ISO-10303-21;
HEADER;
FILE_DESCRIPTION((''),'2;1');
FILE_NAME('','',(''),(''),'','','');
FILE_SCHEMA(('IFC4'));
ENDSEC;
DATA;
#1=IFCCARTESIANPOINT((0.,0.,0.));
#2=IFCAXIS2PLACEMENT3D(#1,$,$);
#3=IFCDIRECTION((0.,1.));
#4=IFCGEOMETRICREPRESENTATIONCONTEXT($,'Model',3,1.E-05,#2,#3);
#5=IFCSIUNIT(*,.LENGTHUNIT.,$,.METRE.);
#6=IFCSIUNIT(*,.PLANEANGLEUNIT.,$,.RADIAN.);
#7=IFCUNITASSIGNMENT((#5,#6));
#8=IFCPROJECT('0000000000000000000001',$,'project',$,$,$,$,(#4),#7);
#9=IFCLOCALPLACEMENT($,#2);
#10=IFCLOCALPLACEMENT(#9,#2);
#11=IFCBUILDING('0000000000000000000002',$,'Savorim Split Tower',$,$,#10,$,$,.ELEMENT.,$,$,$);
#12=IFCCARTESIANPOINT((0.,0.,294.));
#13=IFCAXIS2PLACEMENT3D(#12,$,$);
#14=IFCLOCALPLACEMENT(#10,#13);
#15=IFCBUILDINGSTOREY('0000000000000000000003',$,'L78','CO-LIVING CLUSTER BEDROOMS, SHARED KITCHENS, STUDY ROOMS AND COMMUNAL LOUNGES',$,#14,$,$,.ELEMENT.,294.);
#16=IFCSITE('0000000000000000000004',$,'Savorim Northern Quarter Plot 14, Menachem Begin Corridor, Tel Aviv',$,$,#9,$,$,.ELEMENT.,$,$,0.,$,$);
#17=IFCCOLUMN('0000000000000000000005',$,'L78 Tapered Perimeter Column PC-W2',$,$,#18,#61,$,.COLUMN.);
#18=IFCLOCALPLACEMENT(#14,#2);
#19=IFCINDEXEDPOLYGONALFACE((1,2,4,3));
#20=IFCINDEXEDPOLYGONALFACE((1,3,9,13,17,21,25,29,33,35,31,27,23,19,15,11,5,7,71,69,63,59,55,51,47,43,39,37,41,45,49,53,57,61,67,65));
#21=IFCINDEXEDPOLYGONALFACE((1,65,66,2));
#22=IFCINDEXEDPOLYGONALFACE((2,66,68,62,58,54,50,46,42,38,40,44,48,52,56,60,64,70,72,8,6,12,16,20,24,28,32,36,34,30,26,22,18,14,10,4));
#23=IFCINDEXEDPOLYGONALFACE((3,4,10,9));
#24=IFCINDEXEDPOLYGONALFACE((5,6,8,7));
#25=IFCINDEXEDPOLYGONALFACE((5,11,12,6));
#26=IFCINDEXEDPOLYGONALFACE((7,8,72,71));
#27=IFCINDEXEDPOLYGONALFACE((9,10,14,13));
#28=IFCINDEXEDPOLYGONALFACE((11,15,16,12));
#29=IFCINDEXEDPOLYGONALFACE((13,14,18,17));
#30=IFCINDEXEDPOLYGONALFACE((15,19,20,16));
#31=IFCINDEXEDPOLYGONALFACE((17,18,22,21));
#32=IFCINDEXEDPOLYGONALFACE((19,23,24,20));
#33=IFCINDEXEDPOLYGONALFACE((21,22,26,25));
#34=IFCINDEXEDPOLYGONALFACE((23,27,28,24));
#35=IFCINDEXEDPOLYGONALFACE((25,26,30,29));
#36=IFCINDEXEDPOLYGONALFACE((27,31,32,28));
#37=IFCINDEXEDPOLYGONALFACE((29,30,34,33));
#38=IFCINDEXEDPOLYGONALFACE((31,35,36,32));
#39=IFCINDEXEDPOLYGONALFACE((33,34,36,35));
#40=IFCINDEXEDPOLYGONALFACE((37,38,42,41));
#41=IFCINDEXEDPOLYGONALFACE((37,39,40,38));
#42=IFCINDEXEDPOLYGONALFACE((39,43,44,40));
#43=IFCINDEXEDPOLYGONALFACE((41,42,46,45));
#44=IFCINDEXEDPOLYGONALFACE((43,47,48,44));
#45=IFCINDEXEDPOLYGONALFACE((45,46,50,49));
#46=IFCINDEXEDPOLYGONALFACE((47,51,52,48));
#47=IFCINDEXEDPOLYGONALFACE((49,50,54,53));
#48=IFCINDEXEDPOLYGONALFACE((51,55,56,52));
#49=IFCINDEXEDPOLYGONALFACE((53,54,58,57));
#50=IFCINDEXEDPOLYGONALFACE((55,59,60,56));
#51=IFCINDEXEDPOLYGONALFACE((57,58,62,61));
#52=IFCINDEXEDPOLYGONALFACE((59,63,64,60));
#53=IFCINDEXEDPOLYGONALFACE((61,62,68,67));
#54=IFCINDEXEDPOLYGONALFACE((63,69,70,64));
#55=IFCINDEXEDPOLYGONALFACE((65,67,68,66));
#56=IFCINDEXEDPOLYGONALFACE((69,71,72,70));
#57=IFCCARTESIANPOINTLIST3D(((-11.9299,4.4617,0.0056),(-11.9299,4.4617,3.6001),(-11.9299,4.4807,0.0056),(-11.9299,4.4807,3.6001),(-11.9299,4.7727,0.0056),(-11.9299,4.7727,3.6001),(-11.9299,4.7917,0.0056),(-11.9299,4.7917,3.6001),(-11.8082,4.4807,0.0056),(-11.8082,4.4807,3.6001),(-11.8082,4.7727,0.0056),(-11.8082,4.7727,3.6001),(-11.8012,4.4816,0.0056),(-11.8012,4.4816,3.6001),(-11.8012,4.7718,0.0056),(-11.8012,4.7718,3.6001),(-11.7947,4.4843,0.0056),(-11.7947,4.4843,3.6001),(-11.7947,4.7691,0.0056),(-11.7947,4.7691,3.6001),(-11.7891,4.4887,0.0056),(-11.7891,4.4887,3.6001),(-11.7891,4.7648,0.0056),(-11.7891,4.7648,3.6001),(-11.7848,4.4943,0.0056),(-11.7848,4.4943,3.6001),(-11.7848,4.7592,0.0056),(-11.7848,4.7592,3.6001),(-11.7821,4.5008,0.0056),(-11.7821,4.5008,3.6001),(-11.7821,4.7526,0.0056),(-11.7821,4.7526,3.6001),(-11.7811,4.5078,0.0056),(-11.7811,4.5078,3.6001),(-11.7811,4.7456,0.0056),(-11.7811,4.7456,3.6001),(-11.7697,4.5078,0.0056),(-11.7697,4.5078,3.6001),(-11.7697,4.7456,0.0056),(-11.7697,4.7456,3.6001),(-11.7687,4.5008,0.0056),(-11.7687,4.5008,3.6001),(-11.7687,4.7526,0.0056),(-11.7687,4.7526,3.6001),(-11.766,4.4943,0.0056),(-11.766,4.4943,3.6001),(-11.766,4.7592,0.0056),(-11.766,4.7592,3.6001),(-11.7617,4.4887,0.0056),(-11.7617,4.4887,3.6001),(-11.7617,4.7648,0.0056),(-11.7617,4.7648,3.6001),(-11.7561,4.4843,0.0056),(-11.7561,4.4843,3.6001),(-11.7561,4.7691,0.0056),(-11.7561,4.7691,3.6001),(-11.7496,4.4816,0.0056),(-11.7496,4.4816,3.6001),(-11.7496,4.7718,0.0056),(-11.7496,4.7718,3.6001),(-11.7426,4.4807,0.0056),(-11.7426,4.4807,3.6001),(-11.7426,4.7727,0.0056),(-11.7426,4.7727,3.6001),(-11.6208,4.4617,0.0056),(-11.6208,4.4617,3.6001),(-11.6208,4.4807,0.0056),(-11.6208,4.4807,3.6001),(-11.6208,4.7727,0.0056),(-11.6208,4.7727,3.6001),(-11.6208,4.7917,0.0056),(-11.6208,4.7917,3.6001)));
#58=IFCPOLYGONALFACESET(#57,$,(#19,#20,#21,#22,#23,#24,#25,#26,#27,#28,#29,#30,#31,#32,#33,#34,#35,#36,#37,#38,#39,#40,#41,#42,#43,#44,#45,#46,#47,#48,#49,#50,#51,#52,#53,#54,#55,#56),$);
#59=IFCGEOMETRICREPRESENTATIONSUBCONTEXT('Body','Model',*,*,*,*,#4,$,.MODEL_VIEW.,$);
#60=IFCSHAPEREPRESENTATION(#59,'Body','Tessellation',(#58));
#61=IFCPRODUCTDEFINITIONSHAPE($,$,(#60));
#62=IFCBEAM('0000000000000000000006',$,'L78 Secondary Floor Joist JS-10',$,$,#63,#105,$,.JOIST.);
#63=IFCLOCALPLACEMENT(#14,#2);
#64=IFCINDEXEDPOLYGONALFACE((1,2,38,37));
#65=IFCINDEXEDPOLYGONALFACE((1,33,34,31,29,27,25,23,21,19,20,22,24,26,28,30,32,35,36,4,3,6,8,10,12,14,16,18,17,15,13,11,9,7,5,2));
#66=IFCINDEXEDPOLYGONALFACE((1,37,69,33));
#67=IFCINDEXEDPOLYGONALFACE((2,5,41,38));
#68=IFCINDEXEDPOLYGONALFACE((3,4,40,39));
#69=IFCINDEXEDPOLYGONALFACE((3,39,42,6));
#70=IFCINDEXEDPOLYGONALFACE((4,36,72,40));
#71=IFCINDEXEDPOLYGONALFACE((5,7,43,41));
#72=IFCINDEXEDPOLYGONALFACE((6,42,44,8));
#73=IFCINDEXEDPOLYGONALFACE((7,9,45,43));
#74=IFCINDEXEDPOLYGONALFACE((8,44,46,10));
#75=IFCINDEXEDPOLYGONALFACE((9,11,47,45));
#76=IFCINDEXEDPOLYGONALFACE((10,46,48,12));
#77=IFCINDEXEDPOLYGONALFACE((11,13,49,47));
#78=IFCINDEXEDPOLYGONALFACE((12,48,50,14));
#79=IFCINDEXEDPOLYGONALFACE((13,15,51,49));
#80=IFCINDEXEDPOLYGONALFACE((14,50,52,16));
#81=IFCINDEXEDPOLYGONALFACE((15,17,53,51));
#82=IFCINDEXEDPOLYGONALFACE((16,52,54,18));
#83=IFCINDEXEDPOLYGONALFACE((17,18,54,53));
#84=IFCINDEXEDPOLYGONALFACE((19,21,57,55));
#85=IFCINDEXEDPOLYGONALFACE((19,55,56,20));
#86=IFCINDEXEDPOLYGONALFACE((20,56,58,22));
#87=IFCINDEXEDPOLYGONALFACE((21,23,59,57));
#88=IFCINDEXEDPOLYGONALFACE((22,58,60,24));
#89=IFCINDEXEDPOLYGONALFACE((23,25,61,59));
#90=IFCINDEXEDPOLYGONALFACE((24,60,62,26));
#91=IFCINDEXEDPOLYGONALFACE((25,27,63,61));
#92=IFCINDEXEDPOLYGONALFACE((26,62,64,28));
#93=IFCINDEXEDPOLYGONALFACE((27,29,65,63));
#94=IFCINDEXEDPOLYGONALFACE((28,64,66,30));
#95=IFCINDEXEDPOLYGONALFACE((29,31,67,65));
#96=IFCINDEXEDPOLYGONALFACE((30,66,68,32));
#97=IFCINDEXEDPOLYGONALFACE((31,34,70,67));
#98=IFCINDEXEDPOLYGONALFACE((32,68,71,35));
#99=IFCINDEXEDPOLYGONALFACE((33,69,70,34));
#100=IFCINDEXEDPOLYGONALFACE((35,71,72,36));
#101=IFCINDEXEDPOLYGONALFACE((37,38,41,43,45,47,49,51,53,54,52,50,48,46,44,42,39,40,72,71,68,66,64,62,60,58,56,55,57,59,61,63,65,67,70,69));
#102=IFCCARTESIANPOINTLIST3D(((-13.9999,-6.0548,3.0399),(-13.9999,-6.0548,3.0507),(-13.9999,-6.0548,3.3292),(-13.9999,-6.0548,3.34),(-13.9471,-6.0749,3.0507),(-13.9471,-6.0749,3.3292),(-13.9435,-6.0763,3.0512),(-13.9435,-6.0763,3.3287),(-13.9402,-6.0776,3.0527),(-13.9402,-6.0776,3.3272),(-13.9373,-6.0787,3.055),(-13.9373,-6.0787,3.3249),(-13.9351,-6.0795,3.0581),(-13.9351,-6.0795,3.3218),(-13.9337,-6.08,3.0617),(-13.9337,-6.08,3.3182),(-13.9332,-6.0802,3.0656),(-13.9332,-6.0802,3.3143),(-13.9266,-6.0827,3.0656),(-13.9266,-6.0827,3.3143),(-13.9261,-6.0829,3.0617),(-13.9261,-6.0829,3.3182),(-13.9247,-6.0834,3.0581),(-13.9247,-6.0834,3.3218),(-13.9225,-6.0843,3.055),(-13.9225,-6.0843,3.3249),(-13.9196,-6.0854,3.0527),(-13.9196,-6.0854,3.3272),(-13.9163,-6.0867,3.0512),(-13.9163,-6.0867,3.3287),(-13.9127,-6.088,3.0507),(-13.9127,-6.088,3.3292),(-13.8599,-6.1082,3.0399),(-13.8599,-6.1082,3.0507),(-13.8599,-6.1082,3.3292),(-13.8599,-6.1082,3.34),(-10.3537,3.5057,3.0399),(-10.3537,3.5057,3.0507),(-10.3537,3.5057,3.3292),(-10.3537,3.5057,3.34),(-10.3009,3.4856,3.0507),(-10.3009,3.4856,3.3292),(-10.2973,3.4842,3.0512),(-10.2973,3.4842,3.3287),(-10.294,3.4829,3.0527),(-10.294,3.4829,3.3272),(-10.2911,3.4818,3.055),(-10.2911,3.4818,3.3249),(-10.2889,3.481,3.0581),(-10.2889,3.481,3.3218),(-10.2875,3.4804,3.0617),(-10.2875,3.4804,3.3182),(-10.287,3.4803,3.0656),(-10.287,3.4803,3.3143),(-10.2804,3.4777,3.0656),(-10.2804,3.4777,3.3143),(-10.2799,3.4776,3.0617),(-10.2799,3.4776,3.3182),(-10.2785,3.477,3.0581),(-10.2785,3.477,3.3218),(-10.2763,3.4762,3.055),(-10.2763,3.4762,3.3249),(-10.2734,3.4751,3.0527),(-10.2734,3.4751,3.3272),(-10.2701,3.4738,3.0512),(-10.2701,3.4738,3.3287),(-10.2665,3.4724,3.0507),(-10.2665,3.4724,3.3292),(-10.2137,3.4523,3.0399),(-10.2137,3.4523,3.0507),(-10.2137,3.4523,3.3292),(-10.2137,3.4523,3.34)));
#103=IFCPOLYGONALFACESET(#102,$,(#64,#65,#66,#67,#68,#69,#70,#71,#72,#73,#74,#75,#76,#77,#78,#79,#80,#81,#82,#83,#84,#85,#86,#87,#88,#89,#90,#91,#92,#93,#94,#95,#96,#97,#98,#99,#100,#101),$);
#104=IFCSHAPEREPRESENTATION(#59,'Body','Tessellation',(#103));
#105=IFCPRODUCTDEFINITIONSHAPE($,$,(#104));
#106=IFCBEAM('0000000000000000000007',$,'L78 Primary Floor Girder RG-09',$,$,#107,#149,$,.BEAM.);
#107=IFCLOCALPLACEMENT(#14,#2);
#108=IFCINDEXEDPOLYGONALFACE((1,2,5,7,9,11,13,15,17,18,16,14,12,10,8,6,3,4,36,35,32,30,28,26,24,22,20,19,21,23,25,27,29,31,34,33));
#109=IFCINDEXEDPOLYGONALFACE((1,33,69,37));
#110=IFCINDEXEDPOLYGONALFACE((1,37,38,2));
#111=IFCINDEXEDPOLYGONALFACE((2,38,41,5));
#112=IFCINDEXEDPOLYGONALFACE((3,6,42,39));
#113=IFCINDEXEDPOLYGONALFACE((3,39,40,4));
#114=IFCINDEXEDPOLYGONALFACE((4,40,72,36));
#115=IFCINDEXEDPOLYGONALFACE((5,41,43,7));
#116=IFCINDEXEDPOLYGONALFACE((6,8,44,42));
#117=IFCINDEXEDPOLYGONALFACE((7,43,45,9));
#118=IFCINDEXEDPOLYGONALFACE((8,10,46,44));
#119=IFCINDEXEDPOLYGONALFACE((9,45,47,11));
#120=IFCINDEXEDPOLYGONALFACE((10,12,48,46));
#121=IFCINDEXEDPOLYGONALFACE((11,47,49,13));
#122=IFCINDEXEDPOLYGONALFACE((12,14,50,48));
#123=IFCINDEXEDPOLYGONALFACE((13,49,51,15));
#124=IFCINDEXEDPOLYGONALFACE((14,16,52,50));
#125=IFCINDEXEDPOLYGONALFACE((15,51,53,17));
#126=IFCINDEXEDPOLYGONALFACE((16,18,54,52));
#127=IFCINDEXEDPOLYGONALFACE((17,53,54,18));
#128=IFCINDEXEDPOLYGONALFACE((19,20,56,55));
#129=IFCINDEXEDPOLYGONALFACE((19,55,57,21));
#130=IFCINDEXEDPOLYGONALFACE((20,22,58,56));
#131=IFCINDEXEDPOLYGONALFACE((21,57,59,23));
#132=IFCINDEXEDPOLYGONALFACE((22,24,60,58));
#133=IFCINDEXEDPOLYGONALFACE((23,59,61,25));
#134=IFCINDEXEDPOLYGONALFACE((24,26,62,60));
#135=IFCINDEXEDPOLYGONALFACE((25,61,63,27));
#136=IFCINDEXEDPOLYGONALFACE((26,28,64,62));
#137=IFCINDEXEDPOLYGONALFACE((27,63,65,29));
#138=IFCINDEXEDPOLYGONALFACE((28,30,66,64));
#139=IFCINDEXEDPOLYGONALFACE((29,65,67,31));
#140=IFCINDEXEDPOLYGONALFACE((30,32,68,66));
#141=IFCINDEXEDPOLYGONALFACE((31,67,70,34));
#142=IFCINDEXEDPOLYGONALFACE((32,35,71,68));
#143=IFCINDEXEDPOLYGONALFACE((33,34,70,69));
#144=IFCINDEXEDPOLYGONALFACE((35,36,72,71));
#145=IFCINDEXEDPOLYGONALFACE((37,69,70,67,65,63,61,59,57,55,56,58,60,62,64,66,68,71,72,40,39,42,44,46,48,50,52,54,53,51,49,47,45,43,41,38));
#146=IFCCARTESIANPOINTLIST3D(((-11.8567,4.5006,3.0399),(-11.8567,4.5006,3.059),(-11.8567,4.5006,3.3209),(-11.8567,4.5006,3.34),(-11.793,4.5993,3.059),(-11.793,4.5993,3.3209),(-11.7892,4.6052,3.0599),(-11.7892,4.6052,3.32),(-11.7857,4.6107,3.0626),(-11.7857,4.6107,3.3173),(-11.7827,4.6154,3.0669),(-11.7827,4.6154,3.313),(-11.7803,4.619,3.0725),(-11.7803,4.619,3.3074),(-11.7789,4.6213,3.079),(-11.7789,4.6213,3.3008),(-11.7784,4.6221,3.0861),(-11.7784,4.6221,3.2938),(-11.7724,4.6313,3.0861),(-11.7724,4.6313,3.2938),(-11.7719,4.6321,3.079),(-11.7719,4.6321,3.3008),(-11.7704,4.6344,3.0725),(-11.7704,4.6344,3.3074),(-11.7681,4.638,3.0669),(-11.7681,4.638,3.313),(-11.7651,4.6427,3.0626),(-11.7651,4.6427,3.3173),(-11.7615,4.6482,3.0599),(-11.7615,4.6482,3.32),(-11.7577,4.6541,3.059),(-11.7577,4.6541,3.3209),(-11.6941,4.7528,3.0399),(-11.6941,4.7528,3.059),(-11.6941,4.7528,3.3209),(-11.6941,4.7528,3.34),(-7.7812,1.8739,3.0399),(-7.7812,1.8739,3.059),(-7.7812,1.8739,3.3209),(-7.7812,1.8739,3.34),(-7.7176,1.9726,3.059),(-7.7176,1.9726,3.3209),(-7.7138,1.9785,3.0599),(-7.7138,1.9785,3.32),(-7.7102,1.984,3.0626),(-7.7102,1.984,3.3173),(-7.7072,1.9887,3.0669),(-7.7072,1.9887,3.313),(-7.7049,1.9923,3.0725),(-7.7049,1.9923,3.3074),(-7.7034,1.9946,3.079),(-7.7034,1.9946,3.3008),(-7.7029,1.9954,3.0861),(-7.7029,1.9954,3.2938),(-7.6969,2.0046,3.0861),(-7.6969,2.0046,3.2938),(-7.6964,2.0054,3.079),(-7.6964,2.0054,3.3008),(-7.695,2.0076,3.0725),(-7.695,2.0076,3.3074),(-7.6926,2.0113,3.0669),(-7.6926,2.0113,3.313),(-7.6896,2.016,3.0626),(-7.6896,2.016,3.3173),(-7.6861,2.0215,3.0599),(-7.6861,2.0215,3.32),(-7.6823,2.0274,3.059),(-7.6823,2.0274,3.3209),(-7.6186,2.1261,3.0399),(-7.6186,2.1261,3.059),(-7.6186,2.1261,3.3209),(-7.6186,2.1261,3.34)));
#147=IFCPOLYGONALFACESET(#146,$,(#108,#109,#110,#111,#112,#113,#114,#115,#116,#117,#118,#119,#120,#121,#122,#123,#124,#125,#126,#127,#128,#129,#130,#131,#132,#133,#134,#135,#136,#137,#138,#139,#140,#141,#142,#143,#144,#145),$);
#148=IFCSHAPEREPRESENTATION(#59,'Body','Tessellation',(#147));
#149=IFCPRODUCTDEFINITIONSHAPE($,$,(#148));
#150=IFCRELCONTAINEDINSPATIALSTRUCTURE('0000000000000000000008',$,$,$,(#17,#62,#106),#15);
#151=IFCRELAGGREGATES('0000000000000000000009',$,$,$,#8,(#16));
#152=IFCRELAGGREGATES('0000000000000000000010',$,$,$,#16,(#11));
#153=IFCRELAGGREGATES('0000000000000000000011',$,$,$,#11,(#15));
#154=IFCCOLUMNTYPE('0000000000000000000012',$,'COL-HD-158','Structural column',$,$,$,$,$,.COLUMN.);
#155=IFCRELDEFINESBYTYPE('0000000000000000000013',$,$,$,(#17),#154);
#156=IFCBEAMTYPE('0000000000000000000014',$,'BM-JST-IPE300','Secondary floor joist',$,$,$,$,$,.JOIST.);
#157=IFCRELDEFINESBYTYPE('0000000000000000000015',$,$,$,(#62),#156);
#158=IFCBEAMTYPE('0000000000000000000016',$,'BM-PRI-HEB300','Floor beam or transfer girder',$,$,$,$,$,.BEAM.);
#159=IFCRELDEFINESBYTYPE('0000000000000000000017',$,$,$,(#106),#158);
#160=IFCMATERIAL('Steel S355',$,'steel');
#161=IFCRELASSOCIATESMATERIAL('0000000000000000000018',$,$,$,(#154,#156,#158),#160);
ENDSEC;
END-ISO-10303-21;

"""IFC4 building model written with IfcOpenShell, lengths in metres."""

from ifc_helpers import new_model, si_unit, direction, frame, origin, origin_2d, place, context, subcontext, project, spatial, i_section, extrude, material, material_profile, profile_set, type_object, element, save


model = new_model("IFC4")

# Units and contexts
model_context = context("Model", 3, precision=1e-05, world=origin(), true_north=direction((0.0, 1.0)))
body_context = subcontext(model_context, "Body", "Model", "MODEL_VIEW")
ifc_project = project(units=[si_unit("LENGTHUNIT", "METRE"), si_unit("PLANEANGLEUNIT", "RADIAN")], contexts=[model_context])

# Site, building, storey
site_placement = place(None, origin())
site = spatial("IfcSite", under=ifc_project, at=site_placement, Name="Savorim Northern Quarter Plot 14, Menachem Begin Corridor, Tel Aviv", CompositionType="ELEMENT", RefElevation=0.0)
building_placement = place(site_placement, origin())
building = spatial("IfcBuilding", under=site, at=building_placement, Name="Savorim Split Tower", CompositionType="ELEMENT")
storey_placement = place(building_placement, frame((0.0, 0.0, 294.0)))
storey = spatial("IfcBuildingStorey", under=building, at=storey_placement, Name="L78", Description="CO-LIVING CLUSTER BEDROOMS, SHARED KITCHENS, STUDY ROOMS AND COMMUNAL LOUNGES", CompositionType="ELEMENT", Elevation=294.0)

# Column
ifc_material_1 = material(Name="Steel S355", Category="steel")
ifc_material_profile_1 = material_profile(ifc_material_1, i_section(OverallWidth=0.3091, OverallDepth=0.3301, WebThickness=0.0115, FlangeThickness=0.019, FilletRadius=0.0271, at=origin_2d()), Name="HD 320x158")
ifc_profile_set_1 = profile_set([ifc_material_profile_1], Name="Steel S355")
column_type = type_object("IfcColumnType", Name="COL-HD-158", Description="Structural column", PredefinedType="COLUMN", material=ifc_profile_set_1)
column_placement = place(storey_placement, frame((-11.7754, 4.6267, 0.0056), z_axis=(0.0, 0.0, 1.0), x_axis=(1.0, 0.0, 0.0)))
element("IfcColumn", 1, at=column_placement, inside=storey, type_object=column_type, Name="L78 Tapered Perimeter Column PC-W2", PredefinedType="COLUMN", context=body_context, shape_type="SweptSolid", body=[
    extrude(i_section(OverallWidth=0.3091, OverallDepth=0.3301, WebThickness=0.0115, FlangeThickness=0.019, FilletRadius=0.0271, at=origin_2d()), origin(), (0.0, 0.0, 1.0), 3.5945),
])

# Beams
ifc_material_profile_2 = material_profile(ifc_material_1, i_section(OverallWidth=0.1499, OverallDepth=0.3, WebThickness=0.0071, FlangeThickness=0.0107, FilletRadius=0.0149, at=origin_2d()), Name="IPE 300")
ifc_profile_set_2 = profile_set([ifc_material_profile_2], Name="Steel S355")
beam_type_1 = type_object("IfcBeamType", Name="BM-JST-IPE300", Description="Secondary floor joist", PredefinedType="JOIST", material=ifc_profile_set_2)
beam_1_placement = place(storey_placement, frame((-10.2837, 3.479, 3.1899), z_axis=(-0.356348, -0.934353, 0.0), x_axis=(0.934353, -0.356348, 0.0)))
element("IfcBeam", 2, at=beam_1_placement, inside=storey, type_object=beam_type_1, Name="L78 Secondary Floor Joist JS-10", PredefinedType="JOIST", context=body_context, shape_type="SweptSolid", body=[
    extrude(i_section(OverallWidth=0.1499, OverallDepth=0.3, WebThickness=0.0071, FlangeThickness=0.0107, FilletRadius=0.0149, at=origin_2d()), origin(), (0.0, 0.0, 1.0), 10.2322),
])
ifc_material_profile_3 = material_profile(ifc_material_1, i_section(OverallWidth=0.3, OverallDepth=0.3, WebThickness=0.011, FlangeThickness=0.019, FilletRadius=0.0271, at=origin_2d()), Name="HEB 300")
ifc_profile_set_3 = profile_set([ifc_material_profile_3], Name="Steel S355")
beam_type_2 = type_object("IfcBeamType", Name="BM-PRI-HEB300", Description="Floor beam or transfer girder", PredefinedType="BEAM", material=ifc_profile_set_3)
beam_2_placement = place(storey_placement, frame((-11.7754, 4.6267, 3.1899), z_axis=(0.840541, -0.541747, 0.0), x_axis=(0.541747, 0.840541, 0.0)))
element("IfcBeam", 3, at=beam_2_placement, inside=storey, type_object=beam_type_2, Name="L78 Primary Floor Girder RG-09", PredefinedType="BEAM", context=body_context, shape_type="SweptSolid", body=[
    extrude(i_section(OverallWidth=0.3, OverallDepth=0.3, WebThickness=0.011, FlangeThickness=0.019, FilletRadius=0.0271, at=origin_2d()), origin(), (0.0, 0.0, 1.0), 4.8486),
])

save(model, "model.ifc")
